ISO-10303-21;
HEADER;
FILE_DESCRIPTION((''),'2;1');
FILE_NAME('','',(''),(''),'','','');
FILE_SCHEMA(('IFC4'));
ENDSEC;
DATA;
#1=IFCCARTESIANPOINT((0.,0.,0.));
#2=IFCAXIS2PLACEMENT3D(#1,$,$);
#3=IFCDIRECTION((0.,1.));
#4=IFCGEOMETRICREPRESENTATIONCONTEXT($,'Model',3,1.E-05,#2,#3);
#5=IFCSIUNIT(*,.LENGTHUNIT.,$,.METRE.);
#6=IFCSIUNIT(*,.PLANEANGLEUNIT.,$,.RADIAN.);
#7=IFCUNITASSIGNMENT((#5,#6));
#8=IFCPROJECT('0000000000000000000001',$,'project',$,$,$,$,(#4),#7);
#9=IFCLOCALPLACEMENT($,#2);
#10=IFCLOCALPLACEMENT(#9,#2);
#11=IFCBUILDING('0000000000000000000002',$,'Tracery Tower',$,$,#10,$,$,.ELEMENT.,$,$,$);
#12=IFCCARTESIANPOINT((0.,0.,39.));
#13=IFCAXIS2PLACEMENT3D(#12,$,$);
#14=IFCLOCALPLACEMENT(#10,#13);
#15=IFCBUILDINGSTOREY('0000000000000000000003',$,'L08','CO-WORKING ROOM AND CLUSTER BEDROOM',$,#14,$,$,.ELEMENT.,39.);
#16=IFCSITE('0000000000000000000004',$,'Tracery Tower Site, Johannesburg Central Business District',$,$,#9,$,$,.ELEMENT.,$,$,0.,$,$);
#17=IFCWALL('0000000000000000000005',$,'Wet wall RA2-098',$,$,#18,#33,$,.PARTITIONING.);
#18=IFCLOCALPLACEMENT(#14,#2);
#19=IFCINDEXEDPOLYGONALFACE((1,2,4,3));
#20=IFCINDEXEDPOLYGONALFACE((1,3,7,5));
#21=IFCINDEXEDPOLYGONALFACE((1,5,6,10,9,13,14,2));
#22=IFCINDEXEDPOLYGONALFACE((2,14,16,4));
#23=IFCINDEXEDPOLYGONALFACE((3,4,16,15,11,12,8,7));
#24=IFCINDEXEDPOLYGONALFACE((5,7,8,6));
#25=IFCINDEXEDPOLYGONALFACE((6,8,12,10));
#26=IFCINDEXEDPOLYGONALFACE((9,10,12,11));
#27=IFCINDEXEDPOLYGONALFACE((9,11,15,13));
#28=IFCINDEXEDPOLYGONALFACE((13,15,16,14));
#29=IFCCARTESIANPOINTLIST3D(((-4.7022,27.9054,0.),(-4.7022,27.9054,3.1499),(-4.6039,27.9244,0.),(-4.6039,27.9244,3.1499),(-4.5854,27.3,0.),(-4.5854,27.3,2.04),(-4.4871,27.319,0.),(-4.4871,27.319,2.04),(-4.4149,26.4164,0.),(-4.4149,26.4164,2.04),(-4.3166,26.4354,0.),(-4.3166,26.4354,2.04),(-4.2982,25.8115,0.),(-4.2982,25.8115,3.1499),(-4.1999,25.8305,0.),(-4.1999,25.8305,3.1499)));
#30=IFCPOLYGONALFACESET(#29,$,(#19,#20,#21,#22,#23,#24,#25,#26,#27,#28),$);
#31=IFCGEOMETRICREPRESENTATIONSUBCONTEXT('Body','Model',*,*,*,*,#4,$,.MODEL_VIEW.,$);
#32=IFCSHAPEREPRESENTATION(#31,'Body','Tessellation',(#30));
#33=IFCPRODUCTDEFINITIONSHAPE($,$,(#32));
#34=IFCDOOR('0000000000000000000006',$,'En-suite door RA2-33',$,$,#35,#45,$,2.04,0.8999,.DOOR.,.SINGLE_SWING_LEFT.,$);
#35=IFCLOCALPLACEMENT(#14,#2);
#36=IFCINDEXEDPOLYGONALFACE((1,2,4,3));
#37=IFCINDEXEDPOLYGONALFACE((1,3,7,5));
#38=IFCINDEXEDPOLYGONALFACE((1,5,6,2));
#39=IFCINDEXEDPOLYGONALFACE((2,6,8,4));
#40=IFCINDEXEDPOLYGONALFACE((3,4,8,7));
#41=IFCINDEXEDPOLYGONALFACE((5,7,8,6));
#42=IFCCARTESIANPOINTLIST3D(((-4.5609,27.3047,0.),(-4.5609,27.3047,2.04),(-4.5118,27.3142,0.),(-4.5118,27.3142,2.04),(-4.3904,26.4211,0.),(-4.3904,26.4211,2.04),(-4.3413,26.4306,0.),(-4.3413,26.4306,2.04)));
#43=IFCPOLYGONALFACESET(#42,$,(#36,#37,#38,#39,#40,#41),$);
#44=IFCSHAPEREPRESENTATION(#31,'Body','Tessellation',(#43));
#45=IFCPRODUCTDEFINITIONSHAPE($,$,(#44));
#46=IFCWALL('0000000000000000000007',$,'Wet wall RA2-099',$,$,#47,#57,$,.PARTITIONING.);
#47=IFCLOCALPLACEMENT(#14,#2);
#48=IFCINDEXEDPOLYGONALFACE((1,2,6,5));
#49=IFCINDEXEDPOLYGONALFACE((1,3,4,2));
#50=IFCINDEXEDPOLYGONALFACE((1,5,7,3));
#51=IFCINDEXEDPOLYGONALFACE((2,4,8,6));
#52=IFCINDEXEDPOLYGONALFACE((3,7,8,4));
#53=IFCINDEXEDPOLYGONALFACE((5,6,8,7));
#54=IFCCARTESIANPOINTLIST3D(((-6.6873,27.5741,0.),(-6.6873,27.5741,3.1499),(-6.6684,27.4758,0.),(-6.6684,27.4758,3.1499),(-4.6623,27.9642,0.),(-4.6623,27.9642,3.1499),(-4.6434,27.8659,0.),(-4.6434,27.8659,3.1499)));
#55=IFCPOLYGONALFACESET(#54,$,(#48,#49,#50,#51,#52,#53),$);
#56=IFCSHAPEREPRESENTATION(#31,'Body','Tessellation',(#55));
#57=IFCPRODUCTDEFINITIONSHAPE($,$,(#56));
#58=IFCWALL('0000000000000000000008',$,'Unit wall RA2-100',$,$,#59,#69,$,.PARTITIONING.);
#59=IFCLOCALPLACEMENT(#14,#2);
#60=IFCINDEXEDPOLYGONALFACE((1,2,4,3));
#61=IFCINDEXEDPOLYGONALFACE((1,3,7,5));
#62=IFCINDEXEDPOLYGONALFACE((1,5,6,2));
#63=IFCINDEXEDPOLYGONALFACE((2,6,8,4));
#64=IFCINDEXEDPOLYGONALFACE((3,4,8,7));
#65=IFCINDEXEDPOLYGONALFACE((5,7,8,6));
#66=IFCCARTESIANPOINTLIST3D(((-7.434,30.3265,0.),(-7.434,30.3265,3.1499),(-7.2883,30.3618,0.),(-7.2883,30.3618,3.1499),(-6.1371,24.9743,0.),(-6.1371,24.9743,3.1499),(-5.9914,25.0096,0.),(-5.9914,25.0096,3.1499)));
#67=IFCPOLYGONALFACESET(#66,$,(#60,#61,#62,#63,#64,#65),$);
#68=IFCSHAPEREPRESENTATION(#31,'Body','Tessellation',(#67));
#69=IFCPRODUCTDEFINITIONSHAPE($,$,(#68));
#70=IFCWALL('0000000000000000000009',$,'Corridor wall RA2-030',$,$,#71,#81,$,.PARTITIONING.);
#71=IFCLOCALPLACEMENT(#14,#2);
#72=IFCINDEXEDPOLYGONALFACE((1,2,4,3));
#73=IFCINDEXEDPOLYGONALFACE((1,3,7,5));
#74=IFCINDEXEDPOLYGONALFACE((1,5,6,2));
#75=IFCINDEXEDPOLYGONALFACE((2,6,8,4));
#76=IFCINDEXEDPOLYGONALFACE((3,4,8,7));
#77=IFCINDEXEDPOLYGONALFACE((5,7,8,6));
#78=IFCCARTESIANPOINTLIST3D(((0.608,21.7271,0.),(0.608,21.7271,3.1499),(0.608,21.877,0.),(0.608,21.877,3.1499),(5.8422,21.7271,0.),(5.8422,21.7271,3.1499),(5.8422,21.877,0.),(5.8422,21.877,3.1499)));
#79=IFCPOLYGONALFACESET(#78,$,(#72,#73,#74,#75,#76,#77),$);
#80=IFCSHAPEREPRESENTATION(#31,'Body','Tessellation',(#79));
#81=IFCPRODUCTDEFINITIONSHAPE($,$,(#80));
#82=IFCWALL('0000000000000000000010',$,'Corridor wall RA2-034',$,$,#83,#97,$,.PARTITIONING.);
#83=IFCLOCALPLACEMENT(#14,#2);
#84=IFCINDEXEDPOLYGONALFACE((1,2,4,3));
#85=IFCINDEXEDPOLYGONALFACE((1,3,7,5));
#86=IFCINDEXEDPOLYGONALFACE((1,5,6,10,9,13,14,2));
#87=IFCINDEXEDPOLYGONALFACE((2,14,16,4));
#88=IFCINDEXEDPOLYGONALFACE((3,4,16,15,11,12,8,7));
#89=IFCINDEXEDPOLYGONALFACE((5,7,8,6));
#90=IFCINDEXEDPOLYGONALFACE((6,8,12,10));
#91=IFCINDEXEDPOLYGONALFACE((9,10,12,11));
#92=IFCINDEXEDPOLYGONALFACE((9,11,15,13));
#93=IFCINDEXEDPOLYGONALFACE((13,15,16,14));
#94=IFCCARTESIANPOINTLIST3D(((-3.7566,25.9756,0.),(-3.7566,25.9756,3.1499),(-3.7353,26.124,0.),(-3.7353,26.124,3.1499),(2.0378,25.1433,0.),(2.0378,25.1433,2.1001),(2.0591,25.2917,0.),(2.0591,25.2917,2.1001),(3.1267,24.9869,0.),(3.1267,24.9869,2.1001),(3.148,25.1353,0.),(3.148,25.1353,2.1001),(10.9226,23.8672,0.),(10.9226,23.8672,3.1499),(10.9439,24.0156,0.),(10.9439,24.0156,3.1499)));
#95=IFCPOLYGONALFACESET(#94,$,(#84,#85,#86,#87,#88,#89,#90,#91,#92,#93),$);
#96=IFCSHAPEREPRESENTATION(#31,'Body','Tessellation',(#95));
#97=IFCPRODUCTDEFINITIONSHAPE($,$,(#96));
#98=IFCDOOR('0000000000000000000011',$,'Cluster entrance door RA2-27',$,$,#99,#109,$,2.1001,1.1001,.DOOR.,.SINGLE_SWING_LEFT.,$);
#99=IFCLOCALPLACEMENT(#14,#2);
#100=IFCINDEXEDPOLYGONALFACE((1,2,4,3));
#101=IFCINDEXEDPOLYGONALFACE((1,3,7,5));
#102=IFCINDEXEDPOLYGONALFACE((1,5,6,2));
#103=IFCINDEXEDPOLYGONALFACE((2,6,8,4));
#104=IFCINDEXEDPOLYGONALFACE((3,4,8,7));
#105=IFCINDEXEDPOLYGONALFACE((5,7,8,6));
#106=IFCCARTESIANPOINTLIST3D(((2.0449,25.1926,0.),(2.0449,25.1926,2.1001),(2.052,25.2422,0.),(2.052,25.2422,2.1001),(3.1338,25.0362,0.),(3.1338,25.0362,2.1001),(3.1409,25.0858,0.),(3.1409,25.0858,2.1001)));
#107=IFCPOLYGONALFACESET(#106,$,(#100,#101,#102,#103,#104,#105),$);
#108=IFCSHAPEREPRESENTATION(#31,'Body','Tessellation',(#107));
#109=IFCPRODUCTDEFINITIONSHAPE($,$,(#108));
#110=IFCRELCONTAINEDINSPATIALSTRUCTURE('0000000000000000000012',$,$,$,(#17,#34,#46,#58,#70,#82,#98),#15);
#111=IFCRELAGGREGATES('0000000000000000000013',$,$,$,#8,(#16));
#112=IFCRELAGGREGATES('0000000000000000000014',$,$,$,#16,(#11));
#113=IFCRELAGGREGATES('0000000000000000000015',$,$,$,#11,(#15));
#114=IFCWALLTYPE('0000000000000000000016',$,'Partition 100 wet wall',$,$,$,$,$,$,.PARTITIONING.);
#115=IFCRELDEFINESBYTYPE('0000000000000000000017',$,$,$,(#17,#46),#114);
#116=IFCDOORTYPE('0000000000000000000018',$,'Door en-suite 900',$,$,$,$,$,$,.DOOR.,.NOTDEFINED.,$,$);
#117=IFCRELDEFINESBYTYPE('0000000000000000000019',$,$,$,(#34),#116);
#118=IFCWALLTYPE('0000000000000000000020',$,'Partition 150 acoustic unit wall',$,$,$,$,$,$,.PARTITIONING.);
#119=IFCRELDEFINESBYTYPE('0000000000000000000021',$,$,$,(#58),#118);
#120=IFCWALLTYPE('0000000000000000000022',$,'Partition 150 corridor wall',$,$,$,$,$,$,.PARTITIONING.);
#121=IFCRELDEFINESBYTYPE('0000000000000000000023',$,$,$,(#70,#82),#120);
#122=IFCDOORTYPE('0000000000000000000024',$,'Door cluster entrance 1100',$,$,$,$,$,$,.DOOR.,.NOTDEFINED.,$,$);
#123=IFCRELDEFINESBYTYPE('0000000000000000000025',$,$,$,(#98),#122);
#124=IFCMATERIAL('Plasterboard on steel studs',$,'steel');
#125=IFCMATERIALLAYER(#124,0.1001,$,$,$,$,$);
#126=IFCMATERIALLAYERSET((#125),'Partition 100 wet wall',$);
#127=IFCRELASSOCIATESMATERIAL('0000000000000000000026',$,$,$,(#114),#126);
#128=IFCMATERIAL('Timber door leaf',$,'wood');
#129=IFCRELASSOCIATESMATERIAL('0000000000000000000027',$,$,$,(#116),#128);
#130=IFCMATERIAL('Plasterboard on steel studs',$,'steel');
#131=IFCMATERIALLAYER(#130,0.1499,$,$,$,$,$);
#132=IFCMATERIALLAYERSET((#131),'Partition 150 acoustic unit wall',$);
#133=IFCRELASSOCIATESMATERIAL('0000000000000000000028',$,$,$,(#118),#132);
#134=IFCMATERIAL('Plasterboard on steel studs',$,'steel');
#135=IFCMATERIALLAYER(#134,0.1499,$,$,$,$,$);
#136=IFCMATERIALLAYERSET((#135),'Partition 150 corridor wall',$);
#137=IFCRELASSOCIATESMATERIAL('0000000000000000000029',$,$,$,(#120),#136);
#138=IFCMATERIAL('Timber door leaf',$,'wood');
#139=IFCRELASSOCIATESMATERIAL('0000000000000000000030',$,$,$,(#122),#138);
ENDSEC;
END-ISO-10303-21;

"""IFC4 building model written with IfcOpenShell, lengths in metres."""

from ifc_helpers import new_model, si_unit, direction, frame, frame_2d, origin, place, context, subcontext, project, spatial, rectangle, extrude, material, layer, layer_set, type_object, element, fill, save


model = new_model("IFC4")

# Units and contexts
model_context = context("Model", 3, precision=1e-05, world=origin(), true_north=direction((0.0, 1.0)))
body_context = subcontext(model_context, "Body", "Model", "MODEL_VIEW")
ifc_project = project(units=[si_unit("LENGTHUNIT", "METRE"), si_unit("PLANEANGLEUNIT", "RADIAN")], contexts=[model_context])

# Site, building, storey
site_placement = place(None, origin())
site = spatial("IfcSite", under=ifc_project, at=site_placement, Name="Tracery Tower Site, Johannesburg Central Business District", CompositionType="ELEMENT", RefElevation=0.0)
building_placement = place(site_placement, origin())
building = spatial("IfcBuilding", under=site, at=building_placement, Name="Tracery Tower", CompositionType="ELEMENT")
storey_placement = place(building_placement, frame((0.0, 0.0, 39.0)))
storey = spatial("IfcBuildingStorey", under=building, at=storey_placement, Name="L08", Description="CO-WORKING ROOM AND CLUSTER BEDROOM", CompositionType="ELEMENT", Elevation=39.0)

# Wall, opening, door
ifc_material_1 = material(Name="Plasterboard on steel studs", Category="steel")
ifc_layer_1 = layer(ifc_material_1, 0.1001)
ifc_layer_set_1 = layer_set([ifc_layer_1], Name="Partition 100 wet wall")
wall_type_1 = type_object("IfcWallType", Name="Partition 100 wet wall", PredefinedType="PARTITIONING", material=ifc_layer_set_1)
wall_1_placement = place(storey_placement, frame((-4.6531, 27.915, 0.0), z_axis=(0.0, 0.0, 1.0), x_axis=(0.189463, -0.981888, 0.0)))
wall_1 = element("IfcWall", 1, at=wall_1_placement, inside=storey, type_object=wall_type_1, Name="Wet wall RA2-098", PredefinedType="PARTITIONING", context=body_context, shape_type="SweptSolid", body=[
    extrude(rectangle(XDim=2.1326, YDim=0.1001, at=frame_2d((1.0664, 0.0))), origin(), (0.0, 0.0, 1.0), 3.1499),
])
opening_1_placement = place(wall_1_placement, frame((0.6167, 0.0, 0.0)))
opening_1 = element("IfcOpeningElement", 2, at=opening_1_placement, cuts=wall_1, PredefinedType="OPENING", context=body_context, shape_type="SweptSolid", body=[
    extrude(rectangle(XDim=0.8999, YDim=2.04, at=frame_2d((0.45, 1.02))), frame((0.0, 0.05, 0.0), z_axis=(0.0, -1.0, 0.0), x_axis=(1.0, 0.0, 0.0)), (0.0, 0.0, 1.0), 0.1001),
])
ifc_material_2 = material(Name="Timber door leaf", Category="wood")
door_type_1 = type_object("IfcDoorType", Name="Door en-suite 900", OperationType="NOTDEFINED", PredefinedType="DOOR", material=ifc_material_2)
door_1_placement = place(opening_1_placement, origin())
door_1 = element("IfcDoor", 3, at=door_1_placement, inside=storey, type_object=door_type_1, Name="En-suite door RA2-33", OperationType="SINGLE_SWING_LEFT", OverallHeight=2.04, OverallWidth=0.8999, PredefinedType="DOOR", context=body_context, shape_type="SweptSolid", body=[
    extrude(rectangle(XDim=0.8999, YDim=2.04, at=frame_2d((0.45, 1.02))), frame((0.0, 0.0249, 0.0), z_axis=(0.0, -1.0, 0.0), x_axis=(1.0, 0.0, 0.0)), (0.0, 0.0, 1.0), 0.05),
])
fill(opening_1, door_1)

# Walls
wall_2_placement = place(storey_placement, frame((-6.678, 27.5249, 0.0), z_axis=(0.0, 0.0, 1.0), x_axis=(0.981941, 0.18919, 0.0)))
element("IfcWall", 4, at=wall_2_placement, inside=storey, type_object=wall_type_1, Name="Wet wall RA2-099", PredefinedType="PARTITIONING", context=body_context, shape_type="SweptSolid", body=[
    extrude(rectangle(XDim=2.0623, YDim=0.1001, at=frame_2d((1.0312, 0.0))), origin(), (0.0, 0.0, 1.0), 3.1499),
])
ifc_material_3 = material(Name="Plasterboard on steel studs", Category="steel")
ifc_layer_2 = layer(ifc_material_3, 0.1499)
ifc_layer_set_2 = layer_set([ifc_layer_2], Name="Partition 150 acoustic unit wall")
wall_type_2 = type_object("IfcWallType", Name="Partition 150 acoustic unit wall", PredefinedType="PARTITIONING", material=ifc_layer_set_2)
wall_3_placement = place(storey_placement, frame((-7.3611, 30.344, 0.0), z_axis=(0.0, 0.0, 1.0), x_axis=(0.235488, -0.971877, 0.0)))
element("IfcWall", 5, at=wall_3_placement, inside=storey, type_object=wall_type_2, Name="Unit wall RA2-100", PredefinedType="PARTITIONING", context=body_context, shape_type="SweptSolid", body=[
    extrude(rectangle(XDim=5.5071, YDim=0.1499, at=frame_2d((2.7534, 0.0))), origin(), (0.0, 0.0, 1.0), 3.1499),
])
ifc_material_4 = material(Name="Plasterboard on steel studs", Category="steel")
ifc_layer_3 = layer(ifc_material_4, 0.1499)
ifc_layer_set_3 = layer_set([ifc_layer_3], Name="Partition 150 corridor wall")
wall_type_3 = type_object("IfcWallType", Name="Partition 150 corridor wall", PredefinedType="PARTITIONING", material=ifc_layer_set_3)
wall_4_placement = place(storey_placement, frame((0.6079, 21.802, 0.0), z_axis=(0.0, 0.0, 1.0), x_axis=(1.0, 0.0, 0.0)))
element("IfcWall", 6, at=wall_4_placement, inside=storey, type_object=wall_type_3, Name="Corridor wall RA2-030", PredefinedType="PARTITIONING", context=body_context, shape_type="SweptSolid", body=[
    extrude(rectangle(XDim=5.2341, YDim=0.1499, at=frame_2d((2.6172, 0.0))), origin(), (0.0, 0.0, 1.0), 3.1499),
])

# Wall, opening, door
wall_5_placement = place(storey_placement, frame((-3.7461, 26.0498, 0.0), z_axis=(0.0, 0.0, 1.0), x_axis=(0.989842, -0.142173, 0.0)))
wall_5 = element("IfcWall", 7, at=wall_5_placement, inside=storey, type_object=wall_type_3, Name="Corridor wall RA2-034", PredefinedType="PARTITIONING", context=body_context, shape_type="SweptSolid", body=[
    extrude(rectangle(XDim=14.8298, YDim=0.1499, at=frame_2d((7.415, 0.0))), origin(), (0.0, 0.0, 1.0), 3.1499),
])
opening_2_placement = place(wall_5_placement, frame((5.854, 0.0, 0.0)))
opening_2 = element("IfcOpeningElement", 8, at=opening_2_placement, cuts=wall_5, PredefinedType="OPENING", context=body_context, shape_type="SweptSolid", body=[
    extrude(rectangle(XDim=1.1001, YDim=2.1001, at=frame_2d((0.55, 1.05))), frame((0.0, 0.075, 0.0), z_axis=(0.0, -1.0, 0.0), x_axis=(1.0, 0.0, 0.0)), (0.0, 0.0, 1.0), 0.1499),
])
ifc_material_5 = material(Name="Timber door leaf", Category="wood")
door_type_2 = type_object("IfcDoorType", Name="Door cluster entrance 1100", OperationType="NOTDEFINED", PredefinedType="DOOR", material=ifc_material_5)
door_2_placement = place(opening_2_placement, origin())
door_2 = element("IfcDoor", 9, at=door_2_placement, inside=storey, type_object=door_type_2, Name="Cluster entrance door RA2-27", OperationType="SINGLE_SWING_LEFT", OverallHeight=2.1001, OverallWidth=1.1001, PredefinedType="DOOR", context=body_context, shape_type="SweptSolid", body=[
    extrude(rectangle(XDim=1.1001, YDim=2.1001, at=frame_2d((0.55, 1.05))), frame((0.0, 0.0249, 0.0), z_axis=(0.0, -1.0, 0.0), x_axis=(1.0, 0.0, 0.0)), (0.0, 0.0, 1.0), 0.05),
])
fill(opening_2, door_2)

save(model, "model.ifc")
